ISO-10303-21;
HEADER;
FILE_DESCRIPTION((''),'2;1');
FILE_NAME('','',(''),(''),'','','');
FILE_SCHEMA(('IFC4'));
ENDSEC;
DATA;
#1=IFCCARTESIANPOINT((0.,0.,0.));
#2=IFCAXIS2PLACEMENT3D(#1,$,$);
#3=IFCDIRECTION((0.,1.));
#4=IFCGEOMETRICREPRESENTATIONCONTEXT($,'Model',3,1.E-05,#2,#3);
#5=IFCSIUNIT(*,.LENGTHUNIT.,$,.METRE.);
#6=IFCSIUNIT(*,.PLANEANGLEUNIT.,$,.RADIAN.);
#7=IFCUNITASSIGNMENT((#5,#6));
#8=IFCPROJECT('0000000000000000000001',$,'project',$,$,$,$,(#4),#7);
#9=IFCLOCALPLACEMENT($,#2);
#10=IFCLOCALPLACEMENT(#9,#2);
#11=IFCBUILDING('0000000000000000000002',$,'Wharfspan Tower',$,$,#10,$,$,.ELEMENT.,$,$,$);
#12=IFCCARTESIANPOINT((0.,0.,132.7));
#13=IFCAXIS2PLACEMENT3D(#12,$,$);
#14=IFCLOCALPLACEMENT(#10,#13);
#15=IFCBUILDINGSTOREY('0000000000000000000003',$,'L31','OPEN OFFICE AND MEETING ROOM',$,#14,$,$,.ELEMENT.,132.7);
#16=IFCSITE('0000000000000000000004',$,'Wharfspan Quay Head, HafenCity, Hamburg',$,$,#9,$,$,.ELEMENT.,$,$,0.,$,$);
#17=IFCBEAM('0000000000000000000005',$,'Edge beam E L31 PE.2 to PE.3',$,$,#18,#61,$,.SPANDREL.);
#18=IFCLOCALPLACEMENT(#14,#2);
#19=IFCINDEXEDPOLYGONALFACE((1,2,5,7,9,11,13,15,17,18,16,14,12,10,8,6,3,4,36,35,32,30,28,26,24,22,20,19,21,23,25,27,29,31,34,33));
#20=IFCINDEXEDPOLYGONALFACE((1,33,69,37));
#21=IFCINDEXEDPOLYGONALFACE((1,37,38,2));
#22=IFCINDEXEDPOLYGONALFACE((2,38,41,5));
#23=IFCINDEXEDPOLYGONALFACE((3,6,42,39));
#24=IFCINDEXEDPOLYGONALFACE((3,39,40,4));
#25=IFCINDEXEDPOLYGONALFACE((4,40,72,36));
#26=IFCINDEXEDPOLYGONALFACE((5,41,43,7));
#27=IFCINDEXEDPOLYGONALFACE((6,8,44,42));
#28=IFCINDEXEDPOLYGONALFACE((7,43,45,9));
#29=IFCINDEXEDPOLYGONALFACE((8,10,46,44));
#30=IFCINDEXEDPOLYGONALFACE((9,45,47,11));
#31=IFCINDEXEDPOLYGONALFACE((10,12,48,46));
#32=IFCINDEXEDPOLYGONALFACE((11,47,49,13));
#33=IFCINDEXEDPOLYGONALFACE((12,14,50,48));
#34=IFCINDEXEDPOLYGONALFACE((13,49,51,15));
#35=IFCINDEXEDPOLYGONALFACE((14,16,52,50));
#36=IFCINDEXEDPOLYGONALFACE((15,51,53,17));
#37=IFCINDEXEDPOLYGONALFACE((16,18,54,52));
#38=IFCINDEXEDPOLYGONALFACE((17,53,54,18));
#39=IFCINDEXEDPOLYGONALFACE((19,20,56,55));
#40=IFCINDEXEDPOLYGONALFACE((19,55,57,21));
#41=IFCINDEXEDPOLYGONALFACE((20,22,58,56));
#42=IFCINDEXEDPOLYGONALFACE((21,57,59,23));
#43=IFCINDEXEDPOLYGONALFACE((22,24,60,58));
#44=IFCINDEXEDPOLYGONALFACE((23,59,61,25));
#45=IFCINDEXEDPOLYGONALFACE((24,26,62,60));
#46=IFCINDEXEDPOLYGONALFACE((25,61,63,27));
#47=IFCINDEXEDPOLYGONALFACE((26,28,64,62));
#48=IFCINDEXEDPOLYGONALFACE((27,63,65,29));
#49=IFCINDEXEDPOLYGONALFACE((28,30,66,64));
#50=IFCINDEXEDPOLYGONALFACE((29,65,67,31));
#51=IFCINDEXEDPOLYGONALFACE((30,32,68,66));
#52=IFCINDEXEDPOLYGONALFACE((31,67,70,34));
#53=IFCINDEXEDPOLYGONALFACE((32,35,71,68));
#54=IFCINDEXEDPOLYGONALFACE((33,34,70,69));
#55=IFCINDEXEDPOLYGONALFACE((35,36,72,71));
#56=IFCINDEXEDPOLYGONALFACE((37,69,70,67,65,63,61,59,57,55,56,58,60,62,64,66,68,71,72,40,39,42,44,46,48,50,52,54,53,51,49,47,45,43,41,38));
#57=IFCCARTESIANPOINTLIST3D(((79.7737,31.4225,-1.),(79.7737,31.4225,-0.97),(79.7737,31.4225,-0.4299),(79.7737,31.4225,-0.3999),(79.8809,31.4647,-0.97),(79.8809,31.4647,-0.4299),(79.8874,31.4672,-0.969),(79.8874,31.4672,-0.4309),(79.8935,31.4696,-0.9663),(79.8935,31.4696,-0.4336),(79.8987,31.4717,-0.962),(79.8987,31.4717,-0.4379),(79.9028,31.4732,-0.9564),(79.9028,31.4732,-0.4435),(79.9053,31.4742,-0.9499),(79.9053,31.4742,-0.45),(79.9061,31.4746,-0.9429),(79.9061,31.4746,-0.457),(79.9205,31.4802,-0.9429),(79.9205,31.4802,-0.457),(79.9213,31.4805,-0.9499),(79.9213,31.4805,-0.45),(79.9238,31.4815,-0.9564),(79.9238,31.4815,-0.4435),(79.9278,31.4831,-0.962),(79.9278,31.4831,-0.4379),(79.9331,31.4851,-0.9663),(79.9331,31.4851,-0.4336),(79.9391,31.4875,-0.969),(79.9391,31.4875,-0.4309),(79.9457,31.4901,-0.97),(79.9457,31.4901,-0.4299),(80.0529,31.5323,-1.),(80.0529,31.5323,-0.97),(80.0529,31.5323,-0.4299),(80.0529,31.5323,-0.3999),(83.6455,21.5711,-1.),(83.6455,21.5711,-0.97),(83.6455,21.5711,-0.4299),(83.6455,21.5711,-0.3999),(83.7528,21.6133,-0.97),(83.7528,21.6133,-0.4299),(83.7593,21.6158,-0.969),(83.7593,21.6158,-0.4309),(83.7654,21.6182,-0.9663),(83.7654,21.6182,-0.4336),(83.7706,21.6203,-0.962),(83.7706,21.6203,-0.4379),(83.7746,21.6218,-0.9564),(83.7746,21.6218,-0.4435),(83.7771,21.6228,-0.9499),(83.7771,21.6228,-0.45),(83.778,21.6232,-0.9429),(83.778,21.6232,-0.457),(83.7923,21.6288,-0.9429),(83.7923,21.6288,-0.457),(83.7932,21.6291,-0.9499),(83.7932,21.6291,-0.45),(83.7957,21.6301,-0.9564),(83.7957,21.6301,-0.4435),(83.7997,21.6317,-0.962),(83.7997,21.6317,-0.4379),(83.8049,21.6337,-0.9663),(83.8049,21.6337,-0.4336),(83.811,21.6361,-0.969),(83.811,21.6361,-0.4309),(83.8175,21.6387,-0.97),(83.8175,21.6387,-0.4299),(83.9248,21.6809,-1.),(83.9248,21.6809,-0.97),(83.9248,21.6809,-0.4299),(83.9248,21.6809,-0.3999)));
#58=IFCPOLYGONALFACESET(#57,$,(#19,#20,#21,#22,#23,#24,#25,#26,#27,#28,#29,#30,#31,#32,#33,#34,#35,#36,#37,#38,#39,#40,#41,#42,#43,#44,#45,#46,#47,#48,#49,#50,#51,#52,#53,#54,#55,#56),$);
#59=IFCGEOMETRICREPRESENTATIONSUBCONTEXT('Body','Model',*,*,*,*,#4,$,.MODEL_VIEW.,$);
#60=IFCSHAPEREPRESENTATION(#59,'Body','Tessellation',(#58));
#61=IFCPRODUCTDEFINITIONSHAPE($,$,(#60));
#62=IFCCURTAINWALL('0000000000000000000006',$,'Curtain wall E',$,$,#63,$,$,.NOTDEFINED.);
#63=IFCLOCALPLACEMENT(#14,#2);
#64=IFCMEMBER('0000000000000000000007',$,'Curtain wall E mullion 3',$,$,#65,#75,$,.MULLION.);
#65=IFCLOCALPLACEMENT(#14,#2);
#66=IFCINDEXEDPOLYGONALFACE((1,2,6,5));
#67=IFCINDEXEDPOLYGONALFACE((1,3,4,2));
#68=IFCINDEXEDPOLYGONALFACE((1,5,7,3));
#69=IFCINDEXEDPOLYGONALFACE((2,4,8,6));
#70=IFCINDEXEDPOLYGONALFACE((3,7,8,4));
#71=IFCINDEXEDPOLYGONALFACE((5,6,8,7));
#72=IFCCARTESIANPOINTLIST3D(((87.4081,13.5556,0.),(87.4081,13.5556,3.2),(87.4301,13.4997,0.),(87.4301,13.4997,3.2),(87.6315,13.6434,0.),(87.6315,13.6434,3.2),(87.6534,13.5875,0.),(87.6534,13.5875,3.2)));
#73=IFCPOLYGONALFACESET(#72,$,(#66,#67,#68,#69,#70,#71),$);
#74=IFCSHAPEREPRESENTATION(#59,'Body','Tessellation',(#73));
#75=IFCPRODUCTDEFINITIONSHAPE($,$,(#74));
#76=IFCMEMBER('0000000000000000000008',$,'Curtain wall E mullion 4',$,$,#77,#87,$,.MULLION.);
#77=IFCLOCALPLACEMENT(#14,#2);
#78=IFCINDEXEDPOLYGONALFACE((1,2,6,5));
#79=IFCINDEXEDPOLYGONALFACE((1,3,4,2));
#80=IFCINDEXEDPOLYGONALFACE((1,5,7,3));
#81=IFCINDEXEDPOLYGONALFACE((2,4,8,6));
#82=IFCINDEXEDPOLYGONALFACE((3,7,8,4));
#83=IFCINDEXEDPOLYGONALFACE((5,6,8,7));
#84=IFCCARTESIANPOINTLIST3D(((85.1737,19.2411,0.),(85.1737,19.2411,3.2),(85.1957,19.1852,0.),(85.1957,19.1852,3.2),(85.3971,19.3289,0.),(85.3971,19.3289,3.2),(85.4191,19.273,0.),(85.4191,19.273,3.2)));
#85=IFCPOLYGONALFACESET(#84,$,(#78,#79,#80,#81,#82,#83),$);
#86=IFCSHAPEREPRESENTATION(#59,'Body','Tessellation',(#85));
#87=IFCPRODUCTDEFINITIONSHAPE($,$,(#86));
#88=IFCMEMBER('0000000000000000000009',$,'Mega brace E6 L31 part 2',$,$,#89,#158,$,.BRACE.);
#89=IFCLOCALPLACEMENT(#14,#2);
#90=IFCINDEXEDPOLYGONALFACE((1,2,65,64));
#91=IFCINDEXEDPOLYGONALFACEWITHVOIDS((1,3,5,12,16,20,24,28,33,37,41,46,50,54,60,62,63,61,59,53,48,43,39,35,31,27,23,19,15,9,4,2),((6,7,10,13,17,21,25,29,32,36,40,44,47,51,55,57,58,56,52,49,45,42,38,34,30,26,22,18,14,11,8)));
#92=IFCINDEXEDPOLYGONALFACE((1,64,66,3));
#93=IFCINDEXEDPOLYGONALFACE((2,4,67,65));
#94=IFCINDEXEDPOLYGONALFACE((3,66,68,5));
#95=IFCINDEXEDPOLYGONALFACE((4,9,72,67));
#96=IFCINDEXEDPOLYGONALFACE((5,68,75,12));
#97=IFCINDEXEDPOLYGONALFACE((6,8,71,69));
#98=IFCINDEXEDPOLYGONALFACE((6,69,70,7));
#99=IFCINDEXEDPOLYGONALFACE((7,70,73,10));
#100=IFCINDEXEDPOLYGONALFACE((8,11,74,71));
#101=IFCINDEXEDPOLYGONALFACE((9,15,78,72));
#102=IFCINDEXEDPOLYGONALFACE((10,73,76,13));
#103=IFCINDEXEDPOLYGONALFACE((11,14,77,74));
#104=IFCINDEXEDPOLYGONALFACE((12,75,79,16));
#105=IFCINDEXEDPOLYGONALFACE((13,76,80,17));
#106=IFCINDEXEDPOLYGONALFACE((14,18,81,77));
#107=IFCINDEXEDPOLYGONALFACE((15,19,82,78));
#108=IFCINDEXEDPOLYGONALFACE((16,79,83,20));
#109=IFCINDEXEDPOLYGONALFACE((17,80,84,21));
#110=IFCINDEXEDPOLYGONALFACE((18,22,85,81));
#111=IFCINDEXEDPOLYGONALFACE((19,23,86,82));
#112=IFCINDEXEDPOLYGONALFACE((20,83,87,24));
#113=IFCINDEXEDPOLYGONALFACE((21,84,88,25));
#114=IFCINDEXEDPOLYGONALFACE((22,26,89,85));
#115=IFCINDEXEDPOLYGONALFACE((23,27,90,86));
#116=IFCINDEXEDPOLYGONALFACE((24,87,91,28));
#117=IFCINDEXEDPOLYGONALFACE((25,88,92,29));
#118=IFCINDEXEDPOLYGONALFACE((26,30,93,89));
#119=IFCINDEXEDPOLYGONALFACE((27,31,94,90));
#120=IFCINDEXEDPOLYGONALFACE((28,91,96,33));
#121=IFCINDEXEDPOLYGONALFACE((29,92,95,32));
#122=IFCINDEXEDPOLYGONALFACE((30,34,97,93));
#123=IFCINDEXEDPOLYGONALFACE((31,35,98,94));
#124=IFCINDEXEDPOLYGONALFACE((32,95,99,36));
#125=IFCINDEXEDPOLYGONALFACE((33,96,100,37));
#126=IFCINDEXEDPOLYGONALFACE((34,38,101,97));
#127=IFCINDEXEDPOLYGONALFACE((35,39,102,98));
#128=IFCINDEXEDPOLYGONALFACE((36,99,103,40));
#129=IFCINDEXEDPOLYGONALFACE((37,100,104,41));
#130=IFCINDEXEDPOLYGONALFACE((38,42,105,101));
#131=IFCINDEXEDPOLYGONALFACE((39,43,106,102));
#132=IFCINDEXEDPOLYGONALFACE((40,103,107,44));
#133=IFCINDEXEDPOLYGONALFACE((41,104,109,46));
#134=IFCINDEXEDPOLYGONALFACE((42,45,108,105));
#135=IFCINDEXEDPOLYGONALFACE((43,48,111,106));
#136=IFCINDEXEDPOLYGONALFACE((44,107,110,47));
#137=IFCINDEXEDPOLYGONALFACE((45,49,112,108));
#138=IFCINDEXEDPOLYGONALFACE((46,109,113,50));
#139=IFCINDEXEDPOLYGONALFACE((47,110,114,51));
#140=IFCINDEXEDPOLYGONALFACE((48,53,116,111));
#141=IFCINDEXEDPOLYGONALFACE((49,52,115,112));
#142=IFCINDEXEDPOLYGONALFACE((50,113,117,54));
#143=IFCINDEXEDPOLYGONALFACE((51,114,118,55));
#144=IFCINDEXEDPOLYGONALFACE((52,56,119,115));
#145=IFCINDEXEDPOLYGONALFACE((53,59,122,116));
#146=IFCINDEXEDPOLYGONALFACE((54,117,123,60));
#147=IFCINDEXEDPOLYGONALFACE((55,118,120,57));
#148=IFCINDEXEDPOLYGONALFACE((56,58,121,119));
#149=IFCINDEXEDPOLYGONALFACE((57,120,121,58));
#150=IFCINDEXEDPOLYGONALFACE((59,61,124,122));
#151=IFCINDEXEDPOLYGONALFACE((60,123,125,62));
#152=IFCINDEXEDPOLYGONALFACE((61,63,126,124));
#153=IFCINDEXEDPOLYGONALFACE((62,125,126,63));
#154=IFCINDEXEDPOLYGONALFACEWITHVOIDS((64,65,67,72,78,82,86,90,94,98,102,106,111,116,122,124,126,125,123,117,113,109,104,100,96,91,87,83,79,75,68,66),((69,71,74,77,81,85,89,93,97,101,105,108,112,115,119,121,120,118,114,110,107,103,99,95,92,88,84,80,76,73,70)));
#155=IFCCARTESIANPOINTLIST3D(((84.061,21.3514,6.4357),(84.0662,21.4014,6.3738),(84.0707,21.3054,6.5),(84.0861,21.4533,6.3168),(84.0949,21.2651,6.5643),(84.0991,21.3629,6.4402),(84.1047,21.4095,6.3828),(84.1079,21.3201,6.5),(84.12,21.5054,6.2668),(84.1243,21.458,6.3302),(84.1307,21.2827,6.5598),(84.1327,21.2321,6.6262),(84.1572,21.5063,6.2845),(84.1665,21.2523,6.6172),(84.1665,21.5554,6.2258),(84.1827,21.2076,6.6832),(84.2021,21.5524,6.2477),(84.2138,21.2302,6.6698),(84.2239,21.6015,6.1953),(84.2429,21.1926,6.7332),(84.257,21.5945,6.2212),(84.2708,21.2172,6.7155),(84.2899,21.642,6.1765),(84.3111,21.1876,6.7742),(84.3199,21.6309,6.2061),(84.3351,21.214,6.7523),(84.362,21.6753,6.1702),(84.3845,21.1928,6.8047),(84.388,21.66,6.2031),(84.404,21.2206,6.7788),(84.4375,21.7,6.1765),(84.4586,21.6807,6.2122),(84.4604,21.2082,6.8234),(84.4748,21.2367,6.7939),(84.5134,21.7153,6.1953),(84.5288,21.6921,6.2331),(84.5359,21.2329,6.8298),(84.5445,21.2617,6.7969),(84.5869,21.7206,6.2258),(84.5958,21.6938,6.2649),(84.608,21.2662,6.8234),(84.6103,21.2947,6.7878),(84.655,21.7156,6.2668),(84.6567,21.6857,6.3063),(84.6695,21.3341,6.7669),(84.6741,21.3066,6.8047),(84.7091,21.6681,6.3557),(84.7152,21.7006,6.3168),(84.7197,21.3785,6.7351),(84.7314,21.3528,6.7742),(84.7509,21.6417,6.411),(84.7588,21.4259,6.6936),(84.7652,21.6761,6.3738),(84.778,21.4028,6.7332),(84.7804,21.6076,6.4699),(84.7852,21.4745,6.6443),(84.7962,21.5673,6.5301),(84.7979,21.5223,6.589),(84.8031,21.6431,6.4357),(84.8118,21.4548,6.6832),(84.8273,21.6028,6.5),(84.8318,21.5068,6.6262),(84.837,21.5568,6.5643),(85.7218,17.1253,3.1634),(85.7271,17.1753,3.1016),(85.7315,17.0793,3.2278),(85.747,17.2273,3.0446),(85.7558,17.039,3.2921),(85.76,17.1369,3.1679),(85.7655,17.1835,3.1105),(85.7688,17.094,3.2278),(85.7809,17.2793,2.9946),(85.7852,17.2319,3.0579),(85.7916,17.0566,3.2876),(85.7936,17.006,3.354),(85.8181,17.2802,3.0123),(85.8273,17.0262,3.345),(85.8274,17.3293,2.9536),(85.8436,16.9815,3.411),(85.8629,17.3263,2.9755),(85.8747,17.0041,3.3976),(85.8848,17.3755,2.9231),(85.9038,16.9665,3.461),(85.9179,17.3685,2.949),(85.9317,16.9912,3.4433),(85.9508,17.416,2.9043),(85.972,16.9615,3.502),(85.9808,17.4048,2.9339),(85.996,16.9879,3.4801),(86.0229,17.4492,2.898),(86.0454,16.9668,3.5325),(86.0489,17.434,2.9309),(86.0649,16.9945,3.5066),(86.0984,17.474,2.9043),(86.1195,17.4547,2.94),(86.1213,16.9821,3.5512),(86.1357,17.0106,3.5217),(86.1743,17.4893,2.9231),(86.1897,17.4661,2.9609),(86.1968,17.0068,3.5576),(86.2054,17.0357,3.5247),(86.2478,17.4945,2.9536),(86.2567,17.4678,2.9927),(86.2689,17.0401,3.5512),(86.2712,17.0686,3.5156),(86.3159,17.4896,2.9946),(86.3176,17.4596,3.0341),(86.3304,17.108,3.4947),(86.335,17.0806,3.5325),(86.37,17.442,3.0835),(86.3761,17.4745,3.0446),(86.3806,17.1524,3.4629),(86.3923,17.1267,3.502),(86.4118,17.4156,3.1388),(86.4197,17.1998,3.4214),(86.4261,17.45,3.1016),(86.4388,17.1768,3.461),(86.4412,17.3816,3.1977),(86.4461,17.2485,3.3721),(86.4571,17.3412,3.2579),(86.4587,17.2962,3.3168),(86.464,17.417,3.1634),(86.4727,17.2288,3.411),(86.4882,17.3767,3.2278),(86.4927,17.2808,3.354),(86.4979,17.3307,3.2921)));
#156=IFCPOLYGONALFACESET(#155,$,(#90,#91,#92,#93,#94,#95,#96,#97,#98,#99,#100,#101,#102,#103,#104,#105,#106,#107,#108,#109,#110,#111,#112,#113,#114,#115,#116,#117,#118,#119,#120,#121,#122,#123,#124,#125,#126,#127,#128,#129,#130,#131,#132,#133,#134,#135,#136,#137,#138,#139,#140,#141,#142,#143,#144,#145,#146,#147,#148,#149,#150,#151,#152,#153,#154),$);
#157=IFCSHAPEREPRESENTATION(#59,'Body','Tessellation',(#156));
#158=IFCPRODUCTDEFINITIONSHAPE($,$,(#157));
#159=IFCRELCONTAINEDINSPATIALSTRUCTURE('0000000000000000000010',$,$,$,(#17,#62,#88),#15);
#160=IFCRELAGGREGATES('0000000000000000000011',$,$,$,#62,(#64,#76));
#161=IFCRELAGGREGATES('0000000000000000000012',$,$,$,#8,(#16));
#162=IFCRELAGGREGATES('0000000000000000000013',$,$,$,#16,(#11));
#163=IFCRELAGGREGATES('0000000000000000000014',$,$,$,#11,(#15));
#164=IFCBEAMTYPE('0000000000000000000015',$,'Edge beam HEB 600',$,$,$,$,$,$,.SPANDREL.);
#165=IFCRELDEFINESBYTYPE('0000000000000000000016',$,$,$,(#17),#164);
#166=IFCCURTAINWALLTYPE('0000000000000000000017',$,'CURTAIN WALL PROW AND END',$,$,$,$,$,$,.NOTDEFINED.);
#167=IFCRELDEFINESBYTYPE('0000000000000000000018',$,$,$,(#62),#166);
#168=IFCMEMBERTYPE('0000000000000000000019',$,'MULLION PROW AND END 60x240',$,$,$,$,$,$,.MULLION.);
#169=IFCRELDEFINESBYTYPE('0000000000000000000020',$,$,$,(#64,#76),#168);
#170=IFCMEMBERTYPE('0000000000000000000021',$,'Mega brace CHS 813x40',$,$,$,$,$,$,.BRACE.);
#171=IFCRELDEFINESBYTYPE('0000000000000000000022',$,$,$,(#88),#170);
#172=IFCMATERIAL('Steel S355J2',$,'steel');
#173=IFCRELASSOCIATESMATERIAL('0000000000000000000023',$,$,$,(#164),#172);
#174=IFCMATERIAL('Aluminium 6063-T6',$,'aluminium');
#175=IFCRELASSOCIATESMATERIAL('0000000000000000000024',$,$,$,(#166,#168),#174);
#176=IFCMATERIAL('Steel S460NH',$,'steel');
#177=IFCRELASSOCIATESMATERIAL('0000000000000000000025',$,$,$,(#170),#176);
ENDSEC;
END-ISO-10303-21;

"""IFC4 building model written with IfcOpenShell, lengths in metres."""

from ifc_helpers import new_model, si_unit, direction, frame, origin, origin_2d, place, context, subcontext, project, spatial, rectangle, hollow_circle, i_section, extrude, material, material_profile, profile_set, type_object, element, aggregate, save


model = new_model("IFC4")

# Units and contexts
model_context = context("Model", 3, precision=1e-05, world=origin(), true_north=direction((0.0, 1.0)))
body_context = subcontext(model_context, "Body", "Model", "MODEL_VIEW")
ifc_project = project(units=[si_unit("LENGTHUNIT", "METRE"), si_unit("PLANEANGLEUNIT", "RADIAN")], contexts=[model_context])

# Site, building, storey
site_placement = place(None, origin())
site = spatial("IfcSite", under=ifc_project, at=site_placement, Name="Wharfspan Quay Head, HafenCity, Hamburg", CompositionType="ELEMENT", RefElevation=0.0)
building_placement = place(site_placement, origin())
building = spatial("IfcBuilding", under=site, at=building_placement, Name="Wharfspan Tower", CompositionType="ELEMENT")
storey_placement = place(building_placement, frame((0.0, 0.0, 132.7)))
storey = spatial("IfcBuildingStorey", under=building, at=storey_placement, Name="L31", Description="OPEN OFFICE AND MEETING ROOM", CompositionType="ELEMENT", Elevation=132.7)

# Shared definitions
ifc_material_1 = material(Name="Steel S355J2", Category="steel")

# Beam
ifc_material_profile_1 = material_profile(ifc_material_1, i_section(OverallWidth=0.3, OverallDepth=0.6001, WebThickness=0.0154, FlangeThickness=0.03, FilletRadius=0.0271, at=origin_2d()))
ifc_profile_set_1 = profile_set([ifc_material_profile_1], Name="Steel S355J2")
beam_type = type_object("IfcBeamType", Name="Edge beam HEB 600", PredefinedType="SPANDREL", material=ifc_profile_set_1)
beam_1_placement = place(storey_placement, frame((83.7852, 21.626, -0.7), z_axis=(-0.365789, 0.930698, 0.0), x_axis=(-0.930698, -0.365789, 0.0)))
element("IfcBeam", 1, at=beam_1_placement, inside=storey, type_object=beam_type, Name="Edge beam E L31 PE.2 to PE.3", PredefinedType="SPANDREL", context=body_context, shape_type="SweptSolid", body=[
    extrude(i_section(OverallWidth=0.3, OverallDepth=0.6001, WebThickness=0.0154, FlangeThickness=0.03, FilletRadius=0.0271, at=origin_2d()), origin(), (0.0, 0.0, 1.0), 10.585),
])

# Curtain wall, members
ifc_material_2 = material(Name="Aluminium 6063-T6", Category="aluminium")
curtain_wall_type = type_object("IfcCurtainWallType", Name="CURTAIN WALL PROW AND END", PredefinedType="NOTDEFINED", material=ifc_material_2)
curtain_wall_placement = place(storey_placement, origin())
curtain_wall = element("IfcCurtainWall", 2, at=curtain_wall_placement, inside=storey, type_object=curtain_wall_type, Name="Curtain wall E", PredefinedType="NOTDEFINED")
ifc_material_profile_2 = material_profile(ifc_material_2, rectangle(XDim=0.24, YDim=0.0601, at=origin_2d()))
ifc_profile_set_2 = profile_set([ifc_material_profile_2], Name="Aluminium 6063-T6")
member_type_1 = type_object("IfcMemberType", Name="MULLION PROW AND END 60x240", PredefinedType="MULLION", material=ifc_profile_set_2)
member_1_placement = place(storey_placement, frame((87.5308, 13.5715, 0.0), z_axis=(0.0, 0.0, 1.0), x_axis=(-0.930702, -0.365778, 0.0)))
member_1 = element("IfcMember", 3, at=member_1_placement, type_object=member_type_1, Name="Curtain wall E mullion 3", PredefinedType="MULLION", context=body_context, shape_type="SweptSolid", body=[
    extrude(rectangle(XDim=0.24, YDim=0.0601, at=origin_2d()), origin(), (0.0, 0.0, 1.0), 3.2),
])
member_2_placement = place(storey_placement, frame((85.2964, 19.2571, 0.0), z_axis=(0.0, 0.0, 1.0), x_axis=(-0.930702, -0.365778, 0.0)))
member_2 = element("IfcMember", 4, at=member_2_placement, type_object=member_type_1, Name="Curtain wall E mullion 4", PredefinedType="MULLION", context=body_context, shape_type="SweptSolid", body=[
    extrude(rectangle(XDim=0.24, YDim=0.0601, at=origin_2d()), origin(), (0.0, 0.0, 1.0), 3.2),
])

# Member
ifc_material_3 = material(Name="Steel S460NH", Category="steel")
ifc_material_profile_3 = material_profile(ifc_material_3, hollow_circle(Radius=0.4065, WallThickness=0.04, at=origin_2d()))
ifc_profile_set_3 = profile_set([ifc_material_profile_3], Name="Steel S460NH")
member_type_2 = type_object("IfcMemberType", Name="Mega brace CHS 813x40", PredefinedType="BRACE", material=ifc_profile_set_3)
member_3_placement = place(storey_placement, frame((86.1099, 17.228, 3.2278), z_axis=(-0.29675, 0.75507, 0.584645), x_axis=(-0.930704, -0.365779, 0.000004)))
element("IfcMember", 5, at=member_3_placement, inside=storey, type_object=member_type_2, Name="Mega brace E6 L31 part 2", PredefinedType="BRACE", context=body_context, shape_type="SweptSolid", body=[
    extrude(hollow_circle(Radius=0.4065, WallThickness=0.04, at=origin_2d()), origin(), (0.0, 0.0, 1.0), 5.5969),
])

aggregate(curtain_wall, [member_1, member_2])

save(model, "model.ifc")
